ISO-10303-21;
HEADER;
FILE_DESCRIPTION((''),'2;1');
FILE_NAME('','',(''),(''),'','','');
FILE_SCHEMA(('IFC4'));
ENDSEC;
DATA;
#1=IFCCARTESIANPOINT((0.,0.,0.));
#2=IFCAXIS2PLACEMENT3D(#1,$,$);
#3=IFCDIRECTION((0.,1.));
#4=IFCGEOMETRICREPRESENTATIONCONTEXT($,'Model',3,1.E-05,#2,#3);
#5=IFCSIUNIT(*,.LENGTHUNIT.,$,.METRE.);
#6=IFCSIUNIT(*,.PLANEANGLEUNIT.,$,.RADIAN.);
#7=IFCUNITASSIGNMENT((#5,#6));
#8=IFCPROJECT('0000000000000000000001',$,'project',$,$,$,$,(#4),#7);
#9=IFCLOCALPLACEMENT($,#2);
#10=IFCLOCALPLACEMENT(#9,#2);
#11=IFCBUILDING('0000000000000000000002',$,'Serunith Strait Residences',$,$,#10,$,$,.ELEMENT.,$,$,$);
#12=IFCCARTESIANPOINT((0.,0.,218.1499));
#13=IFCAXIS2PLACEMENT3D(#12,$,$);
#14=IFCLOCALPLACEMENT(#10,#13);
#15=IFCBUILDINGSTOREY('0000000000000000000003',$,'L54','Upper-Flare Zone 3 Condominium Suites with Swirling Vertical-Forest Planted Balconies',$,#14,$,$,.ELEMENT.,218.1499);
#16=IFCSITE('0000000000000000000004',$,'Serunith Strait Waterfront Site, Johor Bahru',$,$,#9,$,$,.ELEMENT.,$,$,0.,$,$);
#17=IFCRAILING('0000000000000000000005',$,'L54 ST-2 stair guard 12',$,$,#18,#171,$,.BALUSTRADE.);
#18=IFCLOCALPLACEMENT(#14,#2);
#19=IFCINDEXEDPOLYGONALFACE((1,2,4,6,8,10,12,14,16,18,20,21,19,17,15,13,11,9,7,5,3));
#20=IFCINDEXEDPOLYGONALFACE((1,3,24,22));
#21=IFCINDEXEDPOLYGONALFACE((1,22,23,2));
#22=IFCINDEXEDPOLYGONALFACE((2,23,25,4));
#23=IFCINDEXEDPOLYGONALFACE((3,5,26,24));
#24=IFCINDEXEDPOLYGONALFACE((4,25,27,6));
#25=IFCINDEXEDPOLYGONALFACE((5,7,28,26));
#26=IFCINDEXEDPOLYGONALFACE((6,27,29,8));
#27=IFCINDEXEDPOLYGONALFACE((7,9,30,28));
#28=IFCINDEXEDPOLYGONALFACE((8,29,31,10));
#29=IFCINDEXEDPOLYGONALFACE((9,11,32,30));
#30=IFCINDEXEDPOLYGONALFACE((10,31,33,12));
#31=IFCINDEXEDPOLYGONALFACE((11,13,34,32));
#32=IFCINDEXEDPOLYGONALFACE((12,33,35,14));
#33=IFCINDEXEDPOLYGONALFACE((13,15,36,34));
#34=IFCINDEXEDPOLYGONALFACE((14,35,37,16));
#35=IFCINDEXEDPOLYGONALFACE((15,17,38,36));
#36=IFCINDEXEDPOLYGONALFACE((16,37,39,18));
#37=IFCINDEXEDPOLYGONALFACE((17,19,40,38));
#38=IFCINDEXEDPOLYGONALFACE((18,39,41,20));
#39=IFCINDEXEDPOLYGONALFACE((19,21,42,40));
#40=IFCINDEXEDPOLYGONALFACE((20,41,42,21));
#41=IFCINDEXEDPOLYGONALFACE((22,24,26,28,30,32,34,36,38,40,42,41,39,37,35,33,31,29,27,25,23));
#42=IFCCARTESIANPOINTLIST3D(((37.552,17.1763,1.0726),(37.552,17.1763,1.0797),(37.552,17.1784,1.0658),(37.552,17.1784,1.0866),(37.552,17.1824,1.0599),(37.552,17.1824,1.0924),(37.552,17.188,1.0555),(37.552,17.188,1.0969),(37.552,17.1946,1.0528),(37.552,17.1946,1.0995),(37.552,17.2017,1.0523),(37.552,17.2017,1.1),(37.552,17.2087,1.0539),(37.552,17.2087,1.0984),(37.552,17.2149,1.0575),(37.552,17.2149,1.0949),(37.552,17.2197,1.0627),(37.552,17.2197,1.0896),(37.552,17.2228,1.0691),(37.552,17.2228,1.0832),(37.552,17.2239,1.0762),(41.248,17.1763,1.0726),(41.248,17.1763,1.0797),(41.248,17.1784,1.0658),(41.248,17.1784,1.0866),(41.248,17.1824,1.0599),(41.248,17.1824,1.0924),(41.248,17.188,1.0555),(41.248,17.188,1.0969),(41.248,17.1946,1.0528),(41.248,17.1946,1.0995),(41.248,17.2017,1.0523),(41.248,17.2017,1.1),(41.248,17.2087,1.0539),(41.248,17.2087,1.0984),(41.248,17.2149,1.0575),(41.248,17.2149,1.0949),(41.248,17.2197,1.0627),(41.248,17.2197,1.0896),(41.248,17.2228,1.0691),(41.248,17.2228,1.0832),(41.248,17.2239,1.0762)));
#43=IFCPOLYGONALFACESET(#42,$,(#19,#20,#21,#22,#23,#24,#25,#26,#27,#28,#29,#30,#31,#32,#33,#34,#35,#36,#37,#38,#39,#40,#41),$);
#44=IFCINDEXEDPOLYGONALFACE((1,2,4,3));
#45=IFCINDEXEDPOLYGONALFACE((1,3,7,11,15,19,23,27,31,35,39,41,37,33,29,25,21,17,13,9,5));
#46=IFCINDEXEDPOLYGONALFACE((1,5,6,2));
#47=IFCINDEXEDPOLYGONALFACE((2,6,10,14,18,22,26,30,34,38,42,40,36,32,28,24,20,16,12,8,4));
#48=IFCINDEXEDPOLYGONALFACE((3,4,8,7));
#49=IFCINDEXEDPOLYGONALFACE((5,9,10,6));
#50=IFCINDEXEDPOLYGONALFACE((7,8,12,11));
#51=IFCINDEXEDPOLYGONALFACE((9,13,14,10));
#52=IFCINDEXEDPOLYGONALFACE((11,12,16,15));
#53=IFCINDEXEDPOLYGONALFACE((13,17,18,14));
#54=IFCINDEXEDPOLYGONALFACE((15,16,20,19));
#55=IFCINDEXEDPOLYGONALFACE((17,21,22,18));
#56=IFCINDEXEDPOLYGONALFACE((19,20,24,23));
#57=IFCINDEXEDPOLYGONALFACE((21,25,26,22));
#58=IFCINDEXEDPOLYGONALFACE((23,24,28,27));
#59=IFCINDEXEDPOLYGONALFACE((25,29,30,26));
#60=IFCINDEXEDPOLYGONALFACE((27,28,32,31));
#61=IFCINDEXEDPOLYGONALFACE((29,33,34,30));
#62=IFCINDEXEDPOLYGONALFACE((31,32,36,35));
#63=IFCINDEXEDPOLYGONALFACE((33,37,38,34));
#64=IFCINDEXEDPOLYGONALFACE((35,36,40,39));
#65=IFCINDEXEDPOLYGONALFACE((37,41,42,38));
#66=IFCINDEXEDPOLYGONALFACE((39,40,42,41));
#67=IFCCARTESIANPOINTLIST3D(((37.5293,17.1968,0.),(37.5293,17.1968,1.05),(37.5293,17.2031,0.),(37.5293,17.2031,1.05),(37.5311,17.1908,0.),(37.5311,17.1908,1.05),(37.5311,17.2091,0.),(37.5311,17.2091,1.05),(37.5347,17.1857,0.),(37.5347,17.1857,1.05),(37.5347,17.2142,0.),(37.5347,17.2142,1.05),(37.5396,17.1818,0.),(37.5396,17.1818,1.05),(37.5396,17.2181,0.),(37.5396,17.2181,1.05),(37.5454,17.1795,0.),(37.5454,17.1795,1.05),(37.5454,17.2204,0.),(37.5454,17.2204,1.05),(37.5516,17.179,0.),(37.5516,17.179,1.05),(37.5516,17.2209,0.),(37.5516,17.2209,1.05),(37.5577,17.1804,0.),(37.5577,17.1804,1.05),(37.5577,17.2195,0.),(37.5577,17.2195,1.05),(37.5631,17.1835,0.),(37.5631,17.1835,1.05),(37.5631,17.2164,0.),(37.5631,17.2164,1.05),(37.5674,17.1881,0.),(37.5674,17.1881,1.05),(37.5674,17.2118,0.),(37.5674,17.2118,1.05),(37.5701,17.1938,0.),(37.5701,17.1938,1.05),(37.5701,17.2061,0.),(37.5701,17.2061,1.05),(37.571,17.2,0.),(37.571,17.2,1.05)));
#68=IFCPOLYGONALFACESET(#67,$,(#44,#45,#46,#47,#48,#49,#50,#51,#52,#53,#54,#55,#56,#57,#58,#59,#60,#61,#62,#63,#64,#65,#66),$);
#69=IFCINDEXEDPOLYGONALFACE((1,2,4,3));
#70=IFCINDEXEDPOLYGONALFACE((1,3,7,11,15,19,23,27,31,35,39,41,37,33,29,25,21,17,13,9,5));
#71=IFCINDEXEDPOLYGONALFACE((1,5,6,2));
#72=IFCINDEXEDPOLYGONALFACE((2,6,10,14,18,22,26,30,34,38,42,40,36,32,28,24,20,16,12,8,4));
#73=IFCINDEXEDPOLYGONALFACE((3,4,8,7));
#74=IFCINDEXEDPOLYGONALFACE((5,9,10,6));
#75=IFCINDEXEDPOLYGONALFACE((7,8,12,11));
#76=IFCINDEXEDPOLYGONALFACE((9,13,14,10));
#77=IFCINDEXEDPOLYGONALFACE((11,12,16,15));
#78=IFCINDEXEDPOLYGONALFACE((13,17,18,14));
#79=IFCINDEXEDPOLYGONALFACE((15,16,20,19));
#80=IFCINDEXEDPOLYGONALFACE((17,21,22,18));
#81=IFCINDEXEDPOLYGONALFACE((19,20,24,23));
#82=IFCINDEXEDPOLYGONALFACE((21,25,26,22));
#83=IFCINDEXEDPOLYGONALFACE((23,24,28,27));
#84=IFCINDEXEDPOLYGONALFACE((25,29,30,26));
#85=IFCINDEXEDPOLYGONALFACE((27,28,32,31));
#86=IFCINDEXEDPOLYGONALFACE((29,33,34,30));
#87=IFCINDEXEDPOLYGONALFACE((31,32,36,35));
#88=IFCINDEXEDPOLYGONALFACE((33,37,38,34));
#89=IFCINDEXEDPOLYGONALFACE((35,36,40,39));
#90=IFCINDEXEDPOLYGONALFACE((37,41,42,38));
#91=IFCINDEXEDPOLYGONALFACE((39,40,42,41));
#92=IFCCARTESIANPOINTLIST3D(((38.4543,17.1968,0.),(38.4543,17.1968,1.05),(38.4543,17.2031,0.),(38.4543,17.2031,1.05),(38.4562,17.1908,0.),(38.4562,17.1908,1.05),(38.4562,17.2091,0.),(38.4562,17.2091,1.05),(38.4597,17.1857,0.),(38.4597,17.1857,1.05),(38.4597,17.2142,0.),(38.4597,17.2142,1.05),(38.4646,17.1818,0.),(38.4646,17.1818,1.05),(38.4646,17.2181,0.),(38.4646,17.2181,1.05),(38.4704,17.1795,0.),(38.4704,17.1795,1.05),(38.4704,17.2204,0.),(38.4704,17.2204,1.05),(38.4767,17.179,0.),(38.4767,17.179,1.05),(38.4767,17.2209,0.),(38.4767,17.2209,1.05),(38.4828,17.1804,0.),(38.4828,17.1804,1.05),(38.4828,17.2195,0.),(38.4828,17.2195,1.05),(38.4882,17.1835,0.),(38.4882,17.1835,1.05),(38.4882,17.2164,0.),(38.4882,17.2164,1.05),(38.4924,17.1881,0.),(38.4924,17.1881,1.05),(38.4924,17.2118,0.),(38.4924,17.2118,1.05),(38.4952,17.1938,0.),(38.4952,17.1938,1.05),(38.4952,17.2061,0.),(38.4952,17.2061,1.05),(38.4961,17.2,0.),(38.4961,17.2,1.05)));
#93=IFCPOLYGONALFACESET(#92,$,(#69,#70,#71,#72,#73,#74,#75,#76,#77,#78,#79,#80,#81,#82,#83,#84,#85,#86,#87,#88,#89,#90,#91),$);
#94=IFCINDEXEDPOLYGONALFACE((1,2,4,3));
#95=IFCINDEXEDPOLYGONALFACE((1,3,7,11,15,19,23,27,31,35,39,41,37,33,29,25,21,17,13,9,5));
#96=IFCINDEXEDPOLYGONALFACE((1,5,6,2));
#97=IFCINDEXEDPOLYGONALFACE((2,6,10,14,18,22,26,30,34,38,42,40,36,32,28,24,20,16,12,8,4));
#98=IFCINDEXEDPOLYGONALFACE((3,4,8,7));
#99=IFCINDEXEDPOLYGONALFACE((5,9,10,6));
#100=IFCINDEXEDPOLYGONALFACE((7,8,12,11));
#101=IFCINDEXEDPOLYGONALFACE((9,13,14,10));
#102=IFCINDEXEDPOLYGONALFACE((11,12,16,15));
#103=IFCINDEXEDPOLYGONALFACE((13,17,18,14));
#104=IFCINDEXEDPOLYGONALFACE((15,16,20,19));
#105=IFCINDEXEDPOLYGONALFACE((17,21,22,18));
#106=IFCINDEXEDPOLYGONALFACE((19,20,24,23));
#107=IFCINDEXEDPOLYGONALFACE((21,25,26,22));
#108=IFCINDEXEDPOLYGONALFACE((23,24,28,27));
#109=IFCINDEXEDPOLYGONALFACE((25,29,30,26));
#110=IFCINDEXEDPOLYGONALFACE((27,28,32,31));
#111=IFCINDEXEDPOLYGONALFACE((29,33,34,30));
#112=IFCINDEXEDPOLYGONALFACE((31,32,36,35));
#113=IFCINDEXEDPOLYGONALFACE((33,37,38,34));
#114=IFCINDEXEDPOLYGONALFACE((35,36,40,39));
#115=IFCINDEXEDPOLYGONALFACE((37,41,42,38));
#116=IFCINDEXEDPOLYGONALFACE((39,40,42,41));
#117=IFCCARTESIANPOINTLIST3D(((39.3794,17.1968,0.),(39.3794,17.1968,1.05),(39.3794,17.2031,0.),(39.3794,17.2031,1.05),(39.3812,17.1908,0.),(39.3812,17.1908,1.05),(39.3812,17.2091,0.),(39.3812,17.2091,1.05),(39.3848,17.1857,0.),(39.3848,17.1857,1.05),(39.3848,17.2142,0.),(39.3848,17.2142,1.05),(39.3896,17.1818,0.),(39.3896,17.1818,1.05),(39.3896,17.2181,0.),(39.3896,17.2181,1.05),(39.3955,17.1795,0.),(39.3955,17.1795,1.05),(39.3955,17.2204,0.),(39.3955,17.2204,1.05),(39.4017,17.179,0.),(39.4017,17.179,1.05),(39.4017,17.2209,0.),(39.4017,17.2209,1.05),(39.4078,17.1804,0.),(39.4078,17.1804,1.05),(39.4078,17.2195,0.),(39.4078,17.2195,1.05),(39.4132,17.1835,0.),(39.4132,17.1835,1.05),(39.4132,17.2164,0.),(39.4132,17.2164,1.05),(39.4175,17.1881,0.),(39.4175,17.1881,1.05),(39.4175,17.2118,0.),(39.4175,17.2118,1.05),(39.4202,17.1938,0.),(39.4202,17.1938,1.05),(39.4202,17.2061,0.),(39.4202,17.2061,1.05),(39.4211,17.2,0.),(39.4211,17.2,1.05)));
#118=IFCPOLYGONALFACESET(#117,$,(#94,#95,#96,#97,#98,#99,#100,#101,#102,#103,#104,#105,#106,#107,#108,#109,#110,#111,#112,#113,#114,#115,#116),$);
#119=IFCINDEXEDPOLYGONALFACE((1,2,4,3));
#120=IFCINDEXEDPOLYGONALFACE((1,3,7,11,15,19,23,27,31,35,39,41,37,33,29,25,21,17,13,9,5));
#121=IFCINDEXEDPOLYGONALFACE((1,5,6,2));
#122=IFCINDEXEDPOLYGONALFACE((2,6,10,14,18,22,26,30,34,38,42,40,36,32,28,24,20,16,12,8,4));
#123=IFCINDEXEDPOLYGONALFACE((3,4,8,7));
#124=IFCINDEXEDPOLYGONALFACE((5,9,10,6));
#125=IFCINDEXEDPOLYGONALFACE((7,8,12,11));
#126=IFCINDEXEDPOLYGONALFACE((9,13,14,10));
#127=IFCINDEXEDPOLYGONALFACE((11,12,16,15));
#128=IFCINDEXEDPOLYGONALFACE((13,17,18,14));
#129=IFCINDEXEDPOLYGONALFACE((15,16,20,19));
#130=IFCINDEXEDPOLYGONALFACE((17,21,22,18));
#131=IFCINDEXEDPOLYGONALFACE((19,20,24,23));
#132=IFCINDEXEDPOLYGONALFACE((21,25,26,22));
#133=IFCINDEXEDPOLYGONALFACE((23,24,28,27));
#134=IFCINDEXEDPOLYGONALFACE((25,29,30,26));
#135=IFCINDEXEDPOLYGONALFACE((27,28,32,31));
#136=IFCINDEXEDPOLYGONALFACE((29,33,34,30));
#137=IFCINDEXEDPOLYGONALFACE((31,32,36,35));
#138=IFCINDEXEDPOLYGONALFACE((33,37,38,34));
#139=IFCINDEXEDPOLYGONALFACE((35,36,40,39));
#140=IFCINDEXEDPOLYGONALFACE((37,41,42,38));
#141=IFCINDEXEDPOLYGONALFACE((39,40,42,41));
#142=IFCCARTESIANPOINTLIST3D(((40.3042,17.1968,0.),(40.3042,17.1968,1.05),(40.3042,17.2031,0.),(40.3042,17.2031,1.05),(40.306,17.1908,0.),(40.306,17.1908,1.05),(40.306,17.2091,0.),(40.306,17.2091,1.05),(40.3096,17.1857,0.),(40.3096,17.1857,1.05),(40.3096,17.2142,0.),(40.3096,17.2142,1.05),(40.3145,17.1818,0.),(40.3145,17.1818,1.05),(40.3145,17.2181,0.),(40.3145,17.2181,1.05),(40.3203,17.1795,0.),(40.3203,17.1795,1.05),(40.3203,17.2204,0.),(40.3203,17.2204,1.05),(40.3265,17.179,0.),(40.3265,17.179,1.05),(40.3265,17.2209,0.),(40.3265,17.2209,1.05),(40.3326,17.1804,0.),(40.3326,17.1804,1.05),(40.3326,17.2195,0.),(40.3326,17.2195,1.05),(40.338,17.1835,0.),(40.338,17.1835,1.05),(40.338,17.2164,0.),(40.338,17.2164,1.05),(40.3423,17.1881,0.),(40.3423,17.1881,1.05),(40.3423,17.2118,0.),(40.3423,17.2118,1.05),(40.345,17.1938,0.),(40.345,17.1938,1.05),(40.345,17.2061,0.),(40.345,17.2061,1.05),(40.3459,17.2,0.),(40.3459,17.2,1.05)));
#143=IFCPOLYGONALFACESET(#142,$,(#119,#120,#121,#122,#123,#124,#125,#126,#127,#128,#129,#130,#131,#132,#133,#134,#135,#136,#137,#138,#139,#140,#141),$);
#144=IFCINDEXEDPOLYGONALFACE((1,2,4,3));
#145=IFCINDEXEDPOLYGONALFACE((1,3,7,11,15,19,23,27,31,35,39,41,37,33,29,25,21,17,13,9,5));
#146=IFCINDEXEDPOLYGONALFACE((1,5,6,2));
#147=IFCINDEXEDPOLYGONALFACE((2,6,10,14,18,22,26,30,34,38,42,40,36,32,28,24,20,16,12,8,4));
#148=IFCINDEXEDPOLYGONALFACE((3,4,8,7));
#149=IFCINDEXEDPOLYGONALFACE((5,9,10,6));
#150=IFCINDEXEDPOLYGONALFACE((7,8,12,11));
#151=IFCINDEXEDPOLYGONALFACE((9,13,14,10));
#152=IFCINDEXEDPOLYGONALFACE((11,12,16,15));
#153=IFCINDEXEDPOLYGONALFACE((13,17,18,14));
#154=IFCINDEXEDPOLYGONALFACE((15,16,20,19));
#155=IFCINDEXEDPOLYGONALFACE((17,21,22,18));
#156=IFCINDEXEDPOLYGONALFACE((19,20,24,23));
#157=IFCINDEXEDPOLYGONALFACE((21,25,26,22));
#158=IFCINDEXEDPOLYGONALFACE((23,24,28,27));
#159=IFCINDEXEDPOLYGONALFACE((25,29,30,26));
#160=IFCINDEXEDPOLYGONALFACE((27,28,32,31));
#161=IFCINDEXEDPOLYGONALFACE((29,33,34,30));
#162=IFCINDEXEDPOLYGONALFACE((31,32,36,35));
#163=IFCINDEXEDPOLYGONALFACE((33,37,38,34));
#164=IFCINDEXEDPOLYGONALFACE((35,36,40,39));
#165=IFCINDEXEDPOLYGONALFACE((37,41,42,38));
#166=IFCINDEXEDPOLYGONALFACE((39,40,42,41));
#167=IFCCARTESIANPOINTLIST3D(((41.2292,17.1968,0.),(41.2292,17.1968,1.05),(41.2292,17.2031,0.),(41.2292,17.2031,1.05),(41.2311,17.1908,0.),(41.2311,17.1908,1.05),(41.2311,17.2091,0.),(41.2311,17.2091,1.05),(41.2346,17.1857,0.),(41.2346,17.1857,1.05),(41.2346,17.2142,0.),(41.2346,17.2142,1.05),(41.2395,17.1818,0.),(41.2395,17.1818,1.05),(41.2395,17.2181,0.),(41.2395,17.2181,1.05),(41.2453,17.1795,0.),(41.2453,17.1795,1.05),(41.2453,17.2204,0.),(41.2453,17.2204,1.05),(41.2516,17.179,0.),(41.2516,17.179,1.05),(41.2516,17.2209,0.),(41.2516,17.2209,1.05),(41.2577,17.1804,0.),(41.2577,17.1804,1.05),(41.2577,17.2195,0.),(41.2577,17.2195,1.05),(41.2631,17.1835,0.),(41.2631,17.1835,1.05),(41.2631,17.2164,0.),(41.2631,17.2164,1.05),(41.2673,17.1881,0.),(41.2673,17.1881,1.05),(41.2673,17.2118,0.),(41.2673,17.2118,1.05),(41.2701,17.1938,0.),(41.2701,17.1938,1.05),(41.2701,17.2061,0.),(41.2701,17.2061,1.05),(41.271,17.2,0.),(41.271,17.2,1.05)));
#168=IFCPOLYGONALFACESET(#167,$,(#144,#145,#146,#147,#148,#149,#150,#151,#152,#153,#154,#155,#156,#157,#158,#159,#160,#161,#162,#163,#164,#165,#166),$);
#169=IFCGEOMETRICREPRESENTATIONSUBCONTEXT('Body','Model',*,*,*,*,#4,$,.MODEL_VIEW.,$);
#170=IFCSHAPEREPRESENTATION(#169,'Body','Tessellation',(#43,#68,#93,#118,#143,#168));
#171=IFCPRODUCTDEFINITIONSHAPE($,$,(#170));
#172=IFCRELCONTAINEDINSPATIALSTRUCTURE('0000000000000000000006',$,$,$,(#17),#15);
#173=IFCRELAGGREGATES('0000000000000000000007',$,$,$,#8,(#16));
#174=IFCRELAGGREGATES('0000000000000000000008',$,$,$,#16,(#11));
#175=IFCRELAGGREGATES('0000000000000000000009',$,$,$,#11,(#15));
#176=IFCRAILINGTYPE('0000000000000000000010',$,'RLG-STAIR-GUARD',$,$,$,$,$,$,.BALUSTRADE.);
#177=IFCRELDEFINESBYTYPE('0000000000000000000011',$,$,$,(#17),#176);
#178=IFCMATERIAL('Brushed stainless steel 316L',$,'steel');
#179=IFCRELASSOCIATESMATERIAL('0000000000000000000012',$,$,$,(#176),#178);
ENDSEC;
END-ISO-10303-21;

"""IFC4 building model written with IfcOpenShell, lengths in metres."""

from ifc_helpers import new_model, si_unit, direction, frame, origin, origin_2d, place, context, subcontext, project, spatial, circle, extrude, material, type_object, element, save


model = new_model("IFC4")

# Units and contexts
model_context = context("Model", 3, precision=1e-05, world=origin(), true_north=direction((0.0, 1.0)))
body_context = subcontext(model_context, "Body", "Model", "MODEL_VIEW")
ifc_project = project(units=[si_unit("LENGTHUNIT", "METRE"), si_unit("PLANEANGLEUNIT", "RADIAN")], contexts=[model_context])

# Site, building, storey
site_placement = place(None, origin())
site = spatial("IfcSite", under=ifc_project, at=site_placement, Name="Serunith Strait Waterfront Site, Johor Bahru", CompositionType="ELEMENT", RefElevation=0.0)
building_placement = place(site_placement, origin())
building = spatial("IfcBuilding", under=site, at=building_placement, Name="Serunith Strait Residences", CompositionType="ELEMENT")
storey_placement = place(building_placement, frame((0.0, 0.0, 218.1499)))
storey = spatial("IfcBuildingStorey", under=building, at=storey_placement, Name="L54", Description="Upper-Flare Zone 3 Condominium Suites with Swirling Vertical-Forest Planted Balconies", CompositionType="ELEMENT", Elevation=218.1499)

# Railing
ifc_material_1 = material(Name="Brushed stainless steel 316L", Category="steel")
railing_type_1 = type_object("IfcRailingType", Name="RLG-STAIR-GUARD", PredefinedType="BALUSTRADE", material=ifc_material_1)
railing_1_placement = place(storey_placement, frame((37.55, 17.2, 0.0)))
element("IfcRailing", 1, at=railing_1_placement, inside=storey, type_object=railing_type_1, Name="L54 ST-2 stair guard 12", PredefinedType="BALUSTRADE", context=body_context, shape_type="SweptSolid", body=[
    extrude(circle(Radius=0.0239, at=origin_2d()), frame((0.002, 0.0, 1.0762), z_axis=(1.0, 0.0, 0.0), x_axis=(0.0, 1.0, 0.0)), (0.0, 0.0, 1.0), 3.696),
    extrude(circle(Radius=0.021, at=origin_2d()), origin(), (0.0, 0.0, 1.0), 1.05),
    extrude(circle(Radius=0.021, at=origin_2d()), frame((0.925, 0.0, 0.0)), (0.0, 0.0, 1.0), 1.05),
    extrude(circle(Radius=0.021, at=origin_2d()), frame((1.8501, 0.0, 0.0)), (0.0, 0.0, 1.0), 1.05),
    extrude(circle(Radius=0.021, at=origin_2d()), frame((2.7749, 0.0, 0.0)), (0.0, 0.0, 1.0), 1.05),
    extrude(circle(Radius=0.021, at=origin_2d()), frame((3.7, 0.0, 0.0)), (0.0, 0.0, 1.0), 1.05),
])

save(model, "model.ifc")
